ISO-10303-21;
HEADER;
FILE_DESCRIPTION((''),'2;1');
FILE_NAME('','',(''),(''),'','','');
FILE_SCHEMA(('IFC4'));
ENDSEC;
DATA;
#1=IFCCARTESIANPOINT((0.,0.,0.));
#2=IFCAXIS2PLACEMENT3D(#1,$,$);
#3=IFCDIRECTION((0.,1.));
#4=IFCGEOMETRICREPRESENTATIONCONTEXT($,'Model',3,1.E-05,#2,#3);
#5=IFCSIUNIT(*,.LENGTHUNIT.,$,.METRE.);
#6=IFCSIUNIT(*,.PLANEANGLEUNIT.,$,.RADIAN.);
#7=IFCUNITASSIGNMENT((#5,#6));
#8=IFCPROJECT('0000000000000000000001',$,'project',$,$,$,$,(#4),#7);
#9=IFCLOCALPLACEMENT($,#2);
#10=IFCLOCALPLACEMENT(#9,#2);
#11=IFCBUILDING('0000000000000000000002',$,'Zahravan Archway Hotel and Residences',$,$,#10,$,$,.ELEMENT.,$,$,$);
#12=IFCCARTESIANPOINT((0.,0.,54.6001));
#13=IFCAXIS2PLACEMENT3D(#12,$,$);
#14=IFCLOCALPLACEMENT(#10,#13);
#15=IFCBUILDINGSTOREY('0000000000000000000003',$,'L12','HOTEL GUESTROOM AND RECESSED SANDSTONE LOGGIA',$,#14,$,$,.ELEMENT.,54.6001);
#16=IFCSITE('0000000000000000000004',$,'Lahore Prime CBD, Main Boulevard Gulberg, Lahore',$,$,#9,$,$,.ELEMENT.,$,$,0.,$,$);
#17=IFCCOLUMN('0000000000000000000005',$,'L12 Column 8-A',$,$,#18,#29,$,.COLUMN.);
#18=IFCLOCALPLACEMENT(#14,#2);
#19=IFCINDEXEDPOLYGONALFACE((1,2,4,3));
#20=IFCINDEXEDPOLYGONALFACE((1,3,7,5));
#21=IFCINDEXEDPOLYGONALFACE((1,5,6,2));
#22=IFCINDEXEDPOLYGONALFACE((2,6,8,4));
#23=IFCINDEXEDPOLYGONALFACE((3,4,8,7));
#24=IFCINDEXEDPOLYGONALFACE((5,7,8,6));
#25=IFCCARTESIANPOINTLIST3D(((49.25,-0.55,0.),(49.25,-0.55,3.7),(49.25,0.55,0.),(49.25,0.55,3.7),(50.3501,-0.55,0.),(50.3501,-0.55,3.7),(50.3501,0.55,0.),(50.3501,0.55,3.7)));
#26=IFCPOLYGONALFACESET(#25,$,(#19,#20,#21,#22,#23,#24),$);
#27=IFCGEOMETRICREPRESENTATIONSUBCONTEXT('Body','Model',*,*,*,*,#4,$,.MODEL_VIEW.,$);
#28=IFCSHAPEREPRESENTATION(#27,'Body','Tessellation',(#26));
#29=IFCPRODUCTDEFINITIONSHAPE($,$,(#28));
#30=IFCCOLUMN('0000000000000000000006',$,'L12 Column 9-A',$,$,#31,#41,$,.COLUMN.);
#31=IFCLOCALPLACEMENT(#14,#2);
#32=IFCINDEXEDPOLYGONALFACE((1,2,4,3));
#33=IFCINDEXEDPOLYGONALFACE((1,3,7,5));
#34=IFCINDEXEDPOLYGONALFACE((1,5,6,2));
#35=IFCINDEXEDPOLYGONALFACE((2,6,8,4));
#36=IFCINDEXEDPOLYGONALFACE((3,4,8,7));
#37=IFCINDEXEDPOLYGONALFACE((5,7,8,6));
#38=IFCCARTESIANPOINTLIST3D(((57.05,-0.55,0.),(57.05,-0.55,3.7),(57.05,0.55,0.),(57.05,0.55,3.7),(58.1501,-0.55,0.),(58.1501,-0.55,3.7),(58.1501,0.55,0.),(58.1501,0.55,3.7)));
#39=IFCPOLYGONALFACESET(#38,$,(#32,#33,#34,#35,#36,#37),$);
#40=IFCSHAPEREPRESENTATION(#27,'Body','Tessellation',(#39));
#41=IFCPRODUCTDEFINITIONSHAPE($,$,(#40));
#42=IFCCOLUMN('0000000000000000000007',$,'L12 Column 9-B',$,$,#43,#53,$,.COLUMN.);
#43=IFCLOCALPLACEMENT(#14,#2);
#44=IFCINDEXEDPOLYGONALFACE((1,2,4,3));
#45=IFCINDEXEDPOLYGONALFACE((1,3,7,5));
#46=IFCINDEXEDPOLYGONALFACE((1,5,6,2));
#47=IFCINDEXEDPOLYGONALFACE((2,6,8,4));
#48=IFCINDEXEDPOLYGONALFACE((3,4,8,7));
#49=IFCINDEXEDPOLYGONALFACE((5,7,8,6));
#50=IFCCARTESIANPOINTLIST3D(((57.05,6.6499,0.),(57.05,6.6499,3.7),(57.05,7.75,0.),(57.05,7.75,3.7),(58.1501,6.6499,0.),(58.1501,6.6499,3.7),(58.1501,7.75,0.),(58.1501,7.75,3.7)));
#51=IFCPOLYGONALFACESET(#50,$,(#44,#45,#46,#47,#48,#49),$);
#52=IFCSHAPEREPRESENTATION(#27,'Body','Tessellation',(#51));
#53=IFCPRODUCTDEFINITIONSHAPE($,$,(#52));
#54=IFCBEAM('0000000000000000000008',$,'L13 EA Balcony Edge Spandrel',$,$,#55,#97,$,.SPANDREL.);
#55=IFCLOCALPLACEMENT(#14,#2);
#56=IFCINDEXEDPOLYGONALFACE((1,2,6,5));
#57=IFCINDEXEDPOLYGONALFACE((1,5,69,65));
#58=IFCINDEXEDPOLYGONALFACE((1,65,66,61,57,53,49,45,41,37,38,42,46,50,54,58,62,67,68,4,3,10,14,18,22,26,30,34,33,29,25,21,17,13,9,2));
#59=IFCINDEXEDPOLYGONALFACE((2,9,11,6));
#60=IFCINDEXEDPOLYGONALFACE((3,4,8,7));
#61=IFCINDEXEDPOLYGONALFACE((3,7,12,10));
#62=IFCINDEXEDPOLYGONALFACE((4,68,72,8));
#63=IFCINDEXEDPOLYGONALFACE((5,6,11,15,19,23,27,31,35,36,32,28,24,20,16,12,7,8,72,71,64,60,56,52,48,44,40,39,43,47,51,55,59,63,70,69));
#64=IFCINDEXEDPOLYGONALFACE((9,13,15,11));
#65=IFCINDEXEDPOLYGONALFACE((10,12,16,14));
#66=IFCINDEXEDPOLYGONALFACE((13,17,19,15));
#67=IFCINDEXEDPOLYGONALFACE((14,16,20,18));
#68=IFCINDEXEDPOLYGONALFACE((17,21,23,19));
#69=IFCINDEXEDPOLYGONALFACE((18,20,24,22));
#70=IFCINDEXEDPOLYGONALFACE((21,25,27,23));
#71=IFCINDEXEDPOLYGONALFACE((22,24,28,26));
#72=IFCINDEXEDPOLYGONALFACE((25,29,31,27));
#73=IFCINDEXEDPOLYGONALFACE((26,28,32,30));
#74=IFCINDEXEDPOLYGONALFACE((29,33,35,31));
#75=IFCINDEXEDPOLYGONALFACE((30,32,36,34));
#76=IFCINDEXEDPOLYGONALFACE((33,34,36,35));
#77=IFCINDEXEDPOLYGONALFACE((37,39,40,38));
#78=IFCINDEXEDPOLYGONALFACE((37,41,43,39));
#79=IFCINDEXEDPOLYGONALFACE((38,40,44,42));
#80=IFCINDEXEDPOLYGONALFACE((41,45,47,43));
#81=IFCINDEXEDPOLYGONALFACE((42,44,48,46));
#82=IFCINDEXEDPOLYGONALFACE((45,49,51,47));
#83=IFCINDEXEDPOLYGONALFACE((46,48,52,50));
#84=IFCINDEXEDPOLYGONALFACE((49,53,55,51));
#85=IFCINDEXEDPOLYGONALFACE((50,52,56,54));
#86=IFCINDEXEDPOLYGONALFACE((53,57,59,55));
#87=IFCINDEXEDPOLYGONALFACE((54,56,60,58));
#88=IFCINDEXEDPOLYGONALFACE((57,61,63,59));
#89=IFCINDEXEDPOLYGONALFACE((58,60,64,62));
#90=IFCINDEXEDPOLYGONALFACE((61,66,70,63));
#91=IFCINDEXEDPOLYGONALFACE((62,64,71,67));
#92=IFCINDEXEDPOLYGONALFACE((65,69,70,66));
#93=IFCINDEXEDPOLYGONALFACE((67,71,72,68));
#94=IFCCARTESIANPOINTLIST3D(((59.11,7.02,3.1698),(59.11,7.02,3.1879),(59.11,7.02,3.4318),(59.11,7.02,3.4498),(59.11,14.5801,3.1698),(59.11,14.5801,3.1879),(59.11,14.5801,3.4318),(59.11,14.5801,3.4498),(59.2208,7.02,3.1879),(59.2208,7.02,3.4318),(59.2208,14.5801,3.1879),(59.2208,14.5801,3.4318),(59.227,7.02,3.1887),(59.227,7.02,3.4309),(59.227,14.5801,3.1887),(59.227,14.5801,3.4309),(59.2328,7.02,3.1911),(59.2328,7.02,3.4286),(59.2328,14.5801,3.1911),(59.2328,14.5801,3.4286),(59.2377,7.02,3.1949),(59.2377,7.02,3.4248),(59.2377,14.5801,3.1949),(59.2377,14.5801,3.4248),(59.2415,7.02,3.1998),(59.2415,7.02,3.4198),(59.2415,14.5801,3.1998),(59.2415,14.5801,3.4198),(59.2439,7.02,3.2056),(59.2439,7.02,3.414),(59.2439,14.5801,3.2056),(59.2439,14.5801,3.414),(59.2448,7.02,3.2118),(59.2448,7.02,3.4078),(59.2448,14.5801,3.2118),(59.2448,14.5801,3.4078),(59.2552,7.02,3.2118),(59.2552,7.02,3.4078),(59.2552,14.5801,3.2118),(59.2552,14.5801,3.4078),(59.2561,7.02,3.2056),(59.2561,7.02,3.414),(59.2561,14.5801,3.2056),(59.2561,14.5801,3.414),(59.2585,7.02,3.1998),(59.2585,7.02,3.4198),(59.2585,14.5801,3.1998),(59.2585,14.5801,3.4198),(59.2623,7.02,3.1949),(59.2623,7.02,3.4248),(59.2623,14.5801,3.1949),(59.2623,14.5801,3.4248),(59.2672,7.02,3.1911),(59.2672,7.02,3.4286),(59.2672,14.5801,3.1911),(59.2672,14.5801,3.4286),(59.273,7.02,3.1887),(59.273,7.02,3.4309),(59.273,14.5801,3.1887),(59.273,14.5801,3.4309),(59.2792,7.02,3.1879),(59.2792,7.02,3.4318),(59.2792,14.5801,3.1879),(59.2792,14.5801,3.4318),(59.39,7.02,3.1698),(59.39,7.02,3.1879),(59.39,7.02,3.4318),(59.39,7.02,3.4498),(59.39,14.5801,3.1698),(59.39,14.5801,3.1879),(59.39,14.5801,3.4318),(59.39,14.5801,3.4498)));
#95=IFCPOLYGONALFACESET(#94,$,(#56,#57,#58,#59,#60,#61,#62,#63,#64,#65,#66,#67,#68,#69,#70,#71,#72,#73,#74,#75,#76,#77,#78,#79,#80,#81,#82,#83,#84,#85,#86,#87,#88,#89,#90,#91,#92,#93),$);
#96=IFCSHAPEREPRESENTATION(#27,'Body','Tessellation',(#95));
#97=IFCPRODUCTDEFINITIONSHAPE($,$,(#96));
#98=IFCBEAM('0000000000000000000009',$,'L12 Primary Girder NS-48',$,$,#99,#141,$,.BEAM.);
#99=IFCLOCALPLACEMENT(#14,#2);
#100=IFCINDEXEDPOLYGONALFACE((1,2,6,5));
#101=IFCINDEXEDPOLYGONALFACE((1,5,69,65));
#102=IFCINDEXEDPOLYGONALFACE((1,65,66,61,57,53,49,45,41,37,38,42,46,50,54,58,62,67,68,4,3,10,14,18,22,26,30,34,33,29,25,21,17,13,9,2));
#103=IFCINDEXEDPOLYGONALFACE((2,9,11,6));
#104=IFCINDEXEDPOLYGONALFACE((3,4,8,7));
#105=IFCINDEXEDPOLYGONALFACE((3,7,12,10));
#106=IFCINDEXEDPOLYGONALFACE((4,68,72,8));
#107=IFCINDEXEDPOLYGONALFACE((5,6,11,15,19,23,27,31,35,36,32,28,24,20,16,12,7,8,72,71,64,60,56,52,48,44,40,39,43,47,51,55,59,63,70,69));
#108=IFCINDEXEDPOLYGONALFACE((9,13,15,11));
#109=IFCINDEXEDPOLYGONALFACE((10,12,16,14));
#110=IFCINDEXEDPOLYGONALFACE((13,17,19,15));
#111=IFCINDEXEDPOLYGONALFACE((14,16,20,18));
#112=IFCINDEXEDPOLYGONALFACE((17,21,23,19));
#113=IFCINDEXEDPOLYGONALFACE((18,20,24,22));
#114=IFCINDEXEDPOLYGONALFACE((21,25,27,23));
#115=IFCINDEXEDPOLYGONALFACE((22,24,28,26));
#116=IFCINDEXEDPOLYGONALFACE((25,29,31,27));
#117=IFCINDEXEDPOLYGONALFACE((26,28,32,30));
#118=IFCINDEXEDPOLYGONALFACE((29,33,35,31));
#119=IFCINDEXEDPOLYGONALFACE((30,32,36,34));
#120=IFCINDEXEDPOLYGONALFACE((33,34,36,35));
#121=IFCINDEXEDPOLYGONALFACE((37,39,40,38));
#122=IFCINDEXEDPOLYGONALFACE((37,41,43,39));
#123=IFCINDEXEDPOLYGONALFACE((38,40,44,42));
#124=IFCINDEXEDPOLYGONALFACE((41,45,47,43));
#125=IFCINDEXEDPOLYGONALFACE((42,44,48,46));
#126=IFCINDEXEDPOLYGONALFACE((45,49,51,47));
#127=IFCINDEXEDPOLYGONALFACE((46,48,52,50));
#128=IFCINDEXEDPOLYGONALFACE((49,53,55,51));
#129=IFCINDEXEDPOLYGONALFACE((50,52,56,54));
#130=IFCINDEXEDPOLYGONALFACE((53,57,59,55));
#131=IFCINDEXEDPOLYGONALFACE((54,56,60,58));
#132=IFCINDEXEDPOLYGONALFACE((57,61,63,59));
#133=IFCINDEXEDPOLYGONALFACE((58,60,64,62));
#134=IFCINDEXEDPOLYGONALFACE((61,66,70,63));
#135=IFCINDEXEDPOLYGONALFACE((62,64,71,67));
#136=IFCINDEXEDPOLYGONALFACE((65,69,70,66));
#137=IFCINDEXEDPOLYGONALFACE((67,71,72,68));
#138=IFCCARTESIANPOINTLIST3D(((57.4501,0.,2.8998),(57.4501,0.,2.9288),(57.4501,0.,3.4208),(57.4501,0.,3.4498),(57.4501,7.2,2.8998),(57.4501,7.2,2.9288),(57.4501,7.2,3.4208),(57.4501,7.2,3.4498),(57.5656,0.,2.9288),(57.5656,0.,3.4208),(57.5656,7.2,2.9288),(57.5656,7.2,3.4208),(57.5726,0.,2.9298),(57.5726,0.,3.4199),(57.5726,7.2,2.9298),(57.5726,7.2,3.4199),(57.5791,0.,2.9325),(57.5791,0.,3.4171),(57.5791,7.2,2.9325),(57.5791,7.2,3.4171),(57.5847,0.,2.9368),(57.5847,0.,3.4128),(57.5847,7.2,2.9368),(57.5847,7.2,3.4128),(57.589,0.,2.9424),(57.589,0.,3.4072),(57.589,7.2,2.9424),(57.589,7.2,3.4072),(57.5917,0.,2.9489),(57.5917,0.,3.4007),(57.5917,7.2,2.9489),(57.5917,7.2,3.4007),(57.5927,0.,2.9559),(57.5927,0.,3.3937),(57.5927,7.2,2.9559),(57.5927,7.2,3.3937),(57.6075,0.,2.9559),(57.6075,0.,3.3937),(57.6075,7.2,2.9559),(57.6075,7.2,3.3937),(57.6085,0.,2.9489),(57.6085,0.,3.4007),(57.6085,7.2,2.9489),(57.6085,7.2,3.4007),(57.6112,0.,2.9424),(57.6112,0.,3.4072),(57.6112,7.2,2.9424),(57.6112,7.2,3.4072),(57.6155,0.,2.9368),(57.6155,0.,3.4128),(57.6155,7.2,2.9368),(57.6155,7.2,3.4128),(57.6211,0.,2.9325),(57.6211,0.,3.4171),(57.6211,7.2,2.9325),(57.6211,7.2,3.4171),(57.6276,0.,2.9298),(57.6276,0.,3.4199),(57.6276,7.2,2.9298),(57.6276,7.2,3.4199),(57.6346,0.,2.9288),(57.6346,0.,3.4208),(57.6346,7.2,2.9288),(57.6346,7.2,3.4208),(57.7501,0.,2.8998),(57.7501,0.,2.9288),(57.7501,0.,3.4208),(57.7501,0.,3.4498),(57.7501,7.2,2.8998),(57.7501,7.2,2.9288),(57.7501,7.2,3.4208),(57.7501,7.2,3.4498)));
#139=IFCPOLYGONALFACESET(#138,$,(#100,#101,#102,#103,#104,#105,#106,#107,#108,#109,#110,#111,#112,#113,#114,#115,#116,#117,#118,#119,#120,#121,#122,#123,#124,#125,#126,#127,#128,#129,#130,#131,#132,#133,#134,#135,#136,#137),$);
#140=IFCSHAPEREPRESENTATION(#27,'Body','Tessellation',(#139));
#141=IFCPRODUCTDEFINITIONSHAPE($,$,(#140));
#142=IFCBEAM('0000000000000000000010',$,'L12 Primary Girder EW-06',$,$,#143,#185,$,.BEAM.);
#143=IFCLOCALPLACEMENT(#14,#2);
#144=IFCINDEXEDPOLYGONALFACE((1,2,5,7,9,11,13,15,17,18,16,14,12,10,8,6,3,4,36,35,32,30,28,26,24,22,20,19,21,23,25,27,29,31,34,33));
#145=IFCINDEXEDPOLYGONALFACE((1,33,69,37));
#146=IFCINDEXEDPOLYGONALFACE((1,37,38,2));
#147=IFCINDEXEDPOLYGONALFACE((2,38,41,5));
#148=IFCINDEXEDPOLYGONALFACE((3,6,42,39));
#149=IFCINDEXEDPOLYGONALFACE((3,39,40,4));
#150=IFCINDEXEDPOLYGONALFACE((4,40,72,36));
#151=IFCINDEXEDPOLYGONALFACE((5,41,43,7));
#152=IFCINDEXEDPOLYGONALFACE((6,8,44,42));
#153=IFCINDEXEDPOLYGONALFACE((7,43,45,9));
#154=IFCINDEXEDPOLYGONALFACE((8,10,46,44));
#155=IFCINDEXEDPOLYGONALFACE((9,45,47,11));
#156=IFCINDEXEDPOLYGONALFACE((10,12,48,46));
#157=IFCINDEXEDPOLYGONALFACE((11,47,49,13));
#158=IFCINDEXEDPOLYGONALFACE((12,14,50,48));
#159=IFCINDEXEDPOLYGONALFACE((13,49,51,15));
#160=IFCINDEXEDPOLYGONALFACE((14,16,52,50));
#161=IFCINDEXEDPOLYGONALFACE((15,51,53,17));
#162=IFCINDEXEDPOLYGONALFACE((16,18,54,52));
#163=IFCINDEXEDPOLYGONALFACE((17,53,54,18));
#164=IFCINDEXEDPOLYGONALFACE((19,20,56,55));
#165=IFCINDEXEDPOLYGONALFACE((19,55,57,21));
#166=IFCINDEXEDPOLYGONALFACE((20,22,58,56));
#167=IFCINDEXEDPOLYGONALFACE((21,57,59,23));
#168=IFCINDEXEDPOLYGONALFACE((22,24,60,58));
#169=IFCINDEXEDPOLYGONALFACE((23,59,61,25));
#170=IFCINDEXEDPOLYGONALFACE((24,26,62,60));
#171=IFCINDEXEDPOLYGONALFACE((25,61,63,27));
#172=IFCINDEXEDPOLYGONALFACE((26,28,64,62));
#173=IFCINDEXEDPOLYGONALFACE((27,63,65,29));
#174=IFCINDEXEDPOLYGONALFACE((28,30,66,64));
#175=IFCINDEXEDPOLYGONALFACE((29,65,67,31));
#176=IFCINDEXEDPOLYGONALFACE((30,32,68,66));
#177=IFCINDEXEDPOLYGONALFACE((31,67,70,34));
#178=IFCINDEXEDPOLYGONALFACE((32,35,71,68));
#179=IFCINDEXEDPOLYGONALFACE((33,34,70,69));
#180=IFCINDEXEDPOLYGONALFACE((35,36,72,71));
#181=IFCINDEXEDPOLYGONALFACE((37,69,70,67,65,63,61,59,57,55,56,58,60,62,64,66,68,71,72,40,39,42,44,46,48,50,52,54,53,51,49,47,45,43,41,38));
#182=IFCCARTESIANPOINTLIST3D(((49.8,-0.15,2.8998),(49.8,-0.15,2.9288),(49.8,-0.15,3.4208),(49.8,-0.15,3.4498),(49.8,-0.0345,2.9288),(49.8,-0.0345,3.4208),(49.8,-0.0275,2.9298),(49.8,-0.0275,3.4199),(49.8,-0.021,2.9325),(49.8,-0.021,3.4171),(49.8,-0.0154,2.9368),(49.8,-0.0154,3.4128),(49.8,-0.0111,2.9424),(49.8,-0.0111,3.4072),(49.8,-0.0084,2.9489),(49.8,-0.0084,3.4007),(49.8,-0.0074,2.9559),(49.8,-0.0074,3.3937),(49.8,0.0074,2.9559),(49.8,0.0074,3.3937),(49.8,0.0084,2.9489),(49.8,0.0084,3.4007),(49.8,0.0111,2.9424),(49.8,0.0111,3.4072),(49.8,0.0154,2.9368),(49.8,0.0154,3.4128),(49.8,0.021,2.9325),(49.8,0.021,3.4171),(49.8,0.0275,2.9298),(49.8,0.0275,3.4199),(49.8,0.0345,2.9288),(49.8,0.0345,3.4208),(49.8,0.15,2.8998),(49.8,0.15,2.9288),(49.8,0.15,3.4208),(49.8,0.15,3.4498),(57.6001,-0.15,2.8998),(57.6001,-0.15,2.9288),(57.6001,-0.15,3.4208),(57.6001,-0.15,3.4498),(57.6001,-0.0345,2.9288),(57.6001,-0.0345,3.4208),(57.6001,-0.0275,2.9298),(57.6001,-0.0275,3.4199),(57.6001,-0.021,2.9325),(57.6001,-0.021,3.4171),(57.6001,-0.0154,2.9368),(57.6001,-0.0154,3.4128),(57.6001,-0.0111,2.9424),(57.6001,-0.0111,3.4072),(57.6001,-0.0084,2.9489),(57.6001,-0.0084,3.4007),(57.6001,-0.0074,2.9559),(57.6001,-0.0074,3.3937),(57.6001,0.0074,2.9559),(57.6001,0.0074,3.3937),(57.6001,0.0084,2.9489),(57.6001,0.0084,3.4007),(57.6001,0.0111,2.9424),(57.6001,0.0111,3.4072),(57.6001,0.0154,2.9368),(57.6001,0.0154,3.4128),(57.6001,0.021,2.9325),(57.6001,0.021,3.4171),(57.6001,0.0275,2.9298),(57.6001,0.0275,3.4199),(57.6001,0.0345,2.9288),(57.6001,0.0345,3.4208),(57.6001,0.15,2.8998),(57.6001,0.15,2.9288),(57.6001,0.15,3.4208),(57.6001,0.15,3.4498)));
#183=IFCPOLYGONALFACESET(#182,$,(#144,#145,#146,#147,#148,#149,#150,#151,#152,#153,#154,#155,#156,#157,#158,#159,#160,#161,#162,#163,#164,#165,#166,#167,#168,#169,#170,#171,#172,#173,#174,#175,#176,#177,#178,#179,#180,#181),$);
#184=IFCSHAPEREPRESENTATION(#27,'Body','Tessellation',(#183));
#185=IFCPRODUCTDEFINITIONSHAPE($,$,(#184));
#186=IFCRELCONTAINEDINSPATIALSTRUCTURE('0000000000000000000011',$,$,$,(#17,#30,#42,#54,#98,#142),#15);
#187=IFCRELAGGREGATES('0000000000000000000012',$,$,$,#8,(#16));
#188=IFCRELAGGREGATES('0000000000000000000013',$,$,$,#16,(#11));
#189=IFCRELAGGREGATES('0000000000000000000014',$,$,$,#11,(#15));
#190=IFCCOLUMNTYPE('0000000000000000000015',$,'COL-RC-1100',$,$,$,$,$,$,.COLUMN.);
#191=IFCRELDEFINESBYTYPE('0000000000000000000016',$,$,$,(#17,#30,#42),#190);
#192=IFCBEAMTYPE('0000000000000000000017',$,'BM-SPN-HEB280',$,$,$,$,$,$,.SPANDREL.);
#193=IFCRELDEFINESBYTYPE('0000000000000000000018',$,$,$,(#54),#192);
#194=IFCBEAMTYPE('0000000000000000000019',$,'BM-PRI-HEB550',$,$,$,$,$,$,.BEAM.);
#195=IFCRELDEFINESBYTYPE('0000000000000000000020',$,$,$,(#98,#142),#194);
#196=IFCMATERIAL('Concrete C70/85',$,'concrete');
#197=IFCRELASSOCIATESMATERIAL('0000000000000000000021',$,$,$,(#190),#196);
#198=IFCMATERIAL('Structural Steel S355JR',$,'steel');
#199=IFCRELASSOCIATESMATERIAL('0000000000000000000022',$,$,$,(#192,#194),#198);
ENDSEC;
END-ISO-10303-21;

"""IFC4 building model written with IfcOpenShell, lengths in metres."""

from ifc_helpers import new_model, si_unit, direction, frame, origin, origin_2d, place, context, subcontext, project, spatial, rectangle, i_section, extrude, source, transform, mapped, material, material_profile, profile_set, type_object, type_shapes, element, save


model = new_model("IFC4")

# Units and contexts
model_context = context("Model", 3, precision=1e-05, world=origin(), true_north=direction((0.0, 1.0)))
body_context = subcontext(model_context, "Body", "Model", "MODEL_VIEW")
ifc_project = project(units=[si_unit("LENGTHUNIT", "METRE"), si_unit("PLANEANGLEUNIT", "RADIAN")], contexts=[model_context])

# Site, building, storey
site_placement = place(None, origin())
site = spatial("IfcSite", under=ifc_project, at=site_placement, Name="Lahore Prime CBD, Main Boulevard Gulberg, Lahore", CompositionType="ELEMENT", RefElevation=0.0)
building_placement = place(site_placement, origin())
building = spatial("IfcBuilding", under=site, at=building_placement, Name="Zahravan Archway Hotel and Residences", CompositionType="ELEMENT")
storey_placement = place(building_placement, frame((0.0, 0.0, 54.6001)))
storey = spatial("IfcBuildingStorey", under=building, at=storey_placement, Name="L12", Description="HOTEL GUESTROOM AND RECESSED SANDSTONE LOGGIA", CompositionType="ELEMENT", Elevation=54.6001)

# Columns
ifc_material_1 = material(Name="Concrete C70/85", Category="concrete")
ifc_material_profile_1 = material_profile(ifc_material_1, rectangle(XDim=1.1001, YDim=1.1001, at=origin_2d()), Name="RC 1100x1100", Category="concrete")
ifc_profile_set_1 = profile_set([ifc_material_profile_1], Name="Concrete C70/85")
column_type = type_object("IfcColumnType", Name="COL-RC-1100", PredefinedType="COLUMN", material=ifc_profile_set_1)
shared_shape_1 = source(origin(), body_context, "Body", "SweptSolid", [
    extrude(rectangle(XDim=1.1001, YDim=1.1001, at=origin_2d()), origin(), (0.0, 0.0, 1.0), 3.7),
])
for number, where, z_axis, x_axis, name in (
    (1, (49.8, 0.0, 0.0), (0.0, 0.0, 1.0), (1.0, 0.0, 0.0), "L12 Column 8-A"),
    (2, (57.6001, 0.0, 0.0), (0.0, 0.0, 1.0), (1.0, 0.0, 0.0), "L12 Column 9-A"),
    (3, (57.6001, 7.2, 0.0), (0.0, 0.0, 1.0), (1.0, 0.0, 0.0), "L12 Column 9-B"),
):
    element("IfcColumn", number, at=place(storey_placement, frame(where, z_axis=z_axis, x_axis=x_axis)), inside=storey, type_object=column_type, Name=name, PredefinedType="COLUMN", context=body_context, shape_type="MappedRepresentation", body=[
        mapped(shared_shape_1, transform((0.0, 0.0, 0.0), scale=1.0)),
    ])

# Beams
ifc_material_2 = material(Name="Structural Steel S355JR", Category="steel")
ifc_material_profile_2 = material_profile(ifc_material_2, i_section(OverallWidth=0.28, OverallDepth=0.28, WebThickness=0.0105, FlangeThickness=0.0181, FilletRadius=0.0239, at=origin_2d()), Name="HEB 280", Category="steel")
ifc_profile_set_2 = profile_set([ifc_material_profile_2], Name="Structural Steel S355JR")
beam_type_1 = type_object("IfcBeamType", Name="BM-SPN-HEB280", PredefinedType="SPANDREL", material=ifc_profile_set_2)
shared_shape_2 = source(origin(), body_context, "Body", "SweptSolid", [
    extrude(i_section(OverallWidth=0.28, OverallDepth=0.28, WebThickness=0.0105, FlangeThickness=0.0181, FilletRadius=0.0239, at=origin_2d()), origin(), (0.0, 0.0, 1.0), 7.5601),
])
type_shapes(beam_type_1, [shared_shape_2])
beam_1_placement = place(storey_placement, frame((59.25, 7.02, 3.3098), z_axis=(0.0, 1.0, 0.0), x_axis=(-1.0, 0.0, 0.0)))
element("IfcBeam", 4, at=beam_1_placement, inside=storey, type_object=beam_type_1, Name="L13 EA Balcony Edge Spandrel", PredefinedType="SPANDREL", context=body_context, shape_type="MappedRepresentation", body=[
    mapped(shared_shape_2, transform((0.0, 0.0, 0.0), scale=1.0)),
])
ifc_material_profile_3 = material_profile(ifc_material_2, i_section(OverallWidth=0.3, OverallDepth=0.55, WebThickness=0.0149, FlangeThickness=0.0291, FilletRadius=0.0271, at=origin_2d()), Name="HEB 550", Category="steel")
ifc_profile_set_3 = profile_set([ifc_material_profile_3], Name="Structural Steel S355JR")
beam_type_2 = type_object("IfcBeamType", Name="BM-PRI-HEB550", PredefinedType="BEAM", material=ifc_profile_set_3)
shared_shape_3 = source(origin(), body_context, "Body", "SweptSolid", [
    extrude(i_section(OverallWidth=0.3, OverallDepth=0.55, WebThickness=0.0149, FlangeThickness=0.0291, FilletRadius=0.0271, at=origin_2d()), origin(), (0.0, 0.0, 1.0), 7.2),
])
beam_2_placement = place(storey_placement, frame((57.6001, 0.0, 3.1748), z_axis=(0.0, 1.0, 0.0), x_axis=(-1.0, 0.0, 0.0)))
element("IfcBeam", 5, at=beam_2_placement, inside=storey, type_object=beam_type_2, Name="L12 Primary Girder NS-48", PredefinedType="BEAM", context=body_context, shape_type="MappedRepresentation", body=[
    mapped(shared_shape_3, transform((0.0, 0.0, 0.0), scale=1.0)),
])
shared_shape_4 = source(origin(), body_context, "Body", "SweptSolid", [
    extrude(i_section(OverallWidth=0.3, OverallDepth=0.55, WebThickness=0.0149, FlangeThickness=0.0291, FilletRadius=0.0271, at=origin_2d()), origin(), (0.0, 0.0, 1.0), 7.8),
])
beam_3_placement = place(storey_placement, frame((49.8, 0.0, 3.1748), z_axis=(1.0, 0.0, 0.0), x_axis=(0.0, 1.0, 0.0)))
element("IfcBeam", 6, at=beam_3_placement, inside=storey, type_object=beam_type_2, Name="L12 Primary Girder EW-06", PredefinedType="BEAM", context=body_context, shape_type="MappedRepresentation", body=[
    mapped(shared_shape_4, transform((0.0, 0.0, 0.0), scale=1.0)),
])

save(model, "model.ifc")
